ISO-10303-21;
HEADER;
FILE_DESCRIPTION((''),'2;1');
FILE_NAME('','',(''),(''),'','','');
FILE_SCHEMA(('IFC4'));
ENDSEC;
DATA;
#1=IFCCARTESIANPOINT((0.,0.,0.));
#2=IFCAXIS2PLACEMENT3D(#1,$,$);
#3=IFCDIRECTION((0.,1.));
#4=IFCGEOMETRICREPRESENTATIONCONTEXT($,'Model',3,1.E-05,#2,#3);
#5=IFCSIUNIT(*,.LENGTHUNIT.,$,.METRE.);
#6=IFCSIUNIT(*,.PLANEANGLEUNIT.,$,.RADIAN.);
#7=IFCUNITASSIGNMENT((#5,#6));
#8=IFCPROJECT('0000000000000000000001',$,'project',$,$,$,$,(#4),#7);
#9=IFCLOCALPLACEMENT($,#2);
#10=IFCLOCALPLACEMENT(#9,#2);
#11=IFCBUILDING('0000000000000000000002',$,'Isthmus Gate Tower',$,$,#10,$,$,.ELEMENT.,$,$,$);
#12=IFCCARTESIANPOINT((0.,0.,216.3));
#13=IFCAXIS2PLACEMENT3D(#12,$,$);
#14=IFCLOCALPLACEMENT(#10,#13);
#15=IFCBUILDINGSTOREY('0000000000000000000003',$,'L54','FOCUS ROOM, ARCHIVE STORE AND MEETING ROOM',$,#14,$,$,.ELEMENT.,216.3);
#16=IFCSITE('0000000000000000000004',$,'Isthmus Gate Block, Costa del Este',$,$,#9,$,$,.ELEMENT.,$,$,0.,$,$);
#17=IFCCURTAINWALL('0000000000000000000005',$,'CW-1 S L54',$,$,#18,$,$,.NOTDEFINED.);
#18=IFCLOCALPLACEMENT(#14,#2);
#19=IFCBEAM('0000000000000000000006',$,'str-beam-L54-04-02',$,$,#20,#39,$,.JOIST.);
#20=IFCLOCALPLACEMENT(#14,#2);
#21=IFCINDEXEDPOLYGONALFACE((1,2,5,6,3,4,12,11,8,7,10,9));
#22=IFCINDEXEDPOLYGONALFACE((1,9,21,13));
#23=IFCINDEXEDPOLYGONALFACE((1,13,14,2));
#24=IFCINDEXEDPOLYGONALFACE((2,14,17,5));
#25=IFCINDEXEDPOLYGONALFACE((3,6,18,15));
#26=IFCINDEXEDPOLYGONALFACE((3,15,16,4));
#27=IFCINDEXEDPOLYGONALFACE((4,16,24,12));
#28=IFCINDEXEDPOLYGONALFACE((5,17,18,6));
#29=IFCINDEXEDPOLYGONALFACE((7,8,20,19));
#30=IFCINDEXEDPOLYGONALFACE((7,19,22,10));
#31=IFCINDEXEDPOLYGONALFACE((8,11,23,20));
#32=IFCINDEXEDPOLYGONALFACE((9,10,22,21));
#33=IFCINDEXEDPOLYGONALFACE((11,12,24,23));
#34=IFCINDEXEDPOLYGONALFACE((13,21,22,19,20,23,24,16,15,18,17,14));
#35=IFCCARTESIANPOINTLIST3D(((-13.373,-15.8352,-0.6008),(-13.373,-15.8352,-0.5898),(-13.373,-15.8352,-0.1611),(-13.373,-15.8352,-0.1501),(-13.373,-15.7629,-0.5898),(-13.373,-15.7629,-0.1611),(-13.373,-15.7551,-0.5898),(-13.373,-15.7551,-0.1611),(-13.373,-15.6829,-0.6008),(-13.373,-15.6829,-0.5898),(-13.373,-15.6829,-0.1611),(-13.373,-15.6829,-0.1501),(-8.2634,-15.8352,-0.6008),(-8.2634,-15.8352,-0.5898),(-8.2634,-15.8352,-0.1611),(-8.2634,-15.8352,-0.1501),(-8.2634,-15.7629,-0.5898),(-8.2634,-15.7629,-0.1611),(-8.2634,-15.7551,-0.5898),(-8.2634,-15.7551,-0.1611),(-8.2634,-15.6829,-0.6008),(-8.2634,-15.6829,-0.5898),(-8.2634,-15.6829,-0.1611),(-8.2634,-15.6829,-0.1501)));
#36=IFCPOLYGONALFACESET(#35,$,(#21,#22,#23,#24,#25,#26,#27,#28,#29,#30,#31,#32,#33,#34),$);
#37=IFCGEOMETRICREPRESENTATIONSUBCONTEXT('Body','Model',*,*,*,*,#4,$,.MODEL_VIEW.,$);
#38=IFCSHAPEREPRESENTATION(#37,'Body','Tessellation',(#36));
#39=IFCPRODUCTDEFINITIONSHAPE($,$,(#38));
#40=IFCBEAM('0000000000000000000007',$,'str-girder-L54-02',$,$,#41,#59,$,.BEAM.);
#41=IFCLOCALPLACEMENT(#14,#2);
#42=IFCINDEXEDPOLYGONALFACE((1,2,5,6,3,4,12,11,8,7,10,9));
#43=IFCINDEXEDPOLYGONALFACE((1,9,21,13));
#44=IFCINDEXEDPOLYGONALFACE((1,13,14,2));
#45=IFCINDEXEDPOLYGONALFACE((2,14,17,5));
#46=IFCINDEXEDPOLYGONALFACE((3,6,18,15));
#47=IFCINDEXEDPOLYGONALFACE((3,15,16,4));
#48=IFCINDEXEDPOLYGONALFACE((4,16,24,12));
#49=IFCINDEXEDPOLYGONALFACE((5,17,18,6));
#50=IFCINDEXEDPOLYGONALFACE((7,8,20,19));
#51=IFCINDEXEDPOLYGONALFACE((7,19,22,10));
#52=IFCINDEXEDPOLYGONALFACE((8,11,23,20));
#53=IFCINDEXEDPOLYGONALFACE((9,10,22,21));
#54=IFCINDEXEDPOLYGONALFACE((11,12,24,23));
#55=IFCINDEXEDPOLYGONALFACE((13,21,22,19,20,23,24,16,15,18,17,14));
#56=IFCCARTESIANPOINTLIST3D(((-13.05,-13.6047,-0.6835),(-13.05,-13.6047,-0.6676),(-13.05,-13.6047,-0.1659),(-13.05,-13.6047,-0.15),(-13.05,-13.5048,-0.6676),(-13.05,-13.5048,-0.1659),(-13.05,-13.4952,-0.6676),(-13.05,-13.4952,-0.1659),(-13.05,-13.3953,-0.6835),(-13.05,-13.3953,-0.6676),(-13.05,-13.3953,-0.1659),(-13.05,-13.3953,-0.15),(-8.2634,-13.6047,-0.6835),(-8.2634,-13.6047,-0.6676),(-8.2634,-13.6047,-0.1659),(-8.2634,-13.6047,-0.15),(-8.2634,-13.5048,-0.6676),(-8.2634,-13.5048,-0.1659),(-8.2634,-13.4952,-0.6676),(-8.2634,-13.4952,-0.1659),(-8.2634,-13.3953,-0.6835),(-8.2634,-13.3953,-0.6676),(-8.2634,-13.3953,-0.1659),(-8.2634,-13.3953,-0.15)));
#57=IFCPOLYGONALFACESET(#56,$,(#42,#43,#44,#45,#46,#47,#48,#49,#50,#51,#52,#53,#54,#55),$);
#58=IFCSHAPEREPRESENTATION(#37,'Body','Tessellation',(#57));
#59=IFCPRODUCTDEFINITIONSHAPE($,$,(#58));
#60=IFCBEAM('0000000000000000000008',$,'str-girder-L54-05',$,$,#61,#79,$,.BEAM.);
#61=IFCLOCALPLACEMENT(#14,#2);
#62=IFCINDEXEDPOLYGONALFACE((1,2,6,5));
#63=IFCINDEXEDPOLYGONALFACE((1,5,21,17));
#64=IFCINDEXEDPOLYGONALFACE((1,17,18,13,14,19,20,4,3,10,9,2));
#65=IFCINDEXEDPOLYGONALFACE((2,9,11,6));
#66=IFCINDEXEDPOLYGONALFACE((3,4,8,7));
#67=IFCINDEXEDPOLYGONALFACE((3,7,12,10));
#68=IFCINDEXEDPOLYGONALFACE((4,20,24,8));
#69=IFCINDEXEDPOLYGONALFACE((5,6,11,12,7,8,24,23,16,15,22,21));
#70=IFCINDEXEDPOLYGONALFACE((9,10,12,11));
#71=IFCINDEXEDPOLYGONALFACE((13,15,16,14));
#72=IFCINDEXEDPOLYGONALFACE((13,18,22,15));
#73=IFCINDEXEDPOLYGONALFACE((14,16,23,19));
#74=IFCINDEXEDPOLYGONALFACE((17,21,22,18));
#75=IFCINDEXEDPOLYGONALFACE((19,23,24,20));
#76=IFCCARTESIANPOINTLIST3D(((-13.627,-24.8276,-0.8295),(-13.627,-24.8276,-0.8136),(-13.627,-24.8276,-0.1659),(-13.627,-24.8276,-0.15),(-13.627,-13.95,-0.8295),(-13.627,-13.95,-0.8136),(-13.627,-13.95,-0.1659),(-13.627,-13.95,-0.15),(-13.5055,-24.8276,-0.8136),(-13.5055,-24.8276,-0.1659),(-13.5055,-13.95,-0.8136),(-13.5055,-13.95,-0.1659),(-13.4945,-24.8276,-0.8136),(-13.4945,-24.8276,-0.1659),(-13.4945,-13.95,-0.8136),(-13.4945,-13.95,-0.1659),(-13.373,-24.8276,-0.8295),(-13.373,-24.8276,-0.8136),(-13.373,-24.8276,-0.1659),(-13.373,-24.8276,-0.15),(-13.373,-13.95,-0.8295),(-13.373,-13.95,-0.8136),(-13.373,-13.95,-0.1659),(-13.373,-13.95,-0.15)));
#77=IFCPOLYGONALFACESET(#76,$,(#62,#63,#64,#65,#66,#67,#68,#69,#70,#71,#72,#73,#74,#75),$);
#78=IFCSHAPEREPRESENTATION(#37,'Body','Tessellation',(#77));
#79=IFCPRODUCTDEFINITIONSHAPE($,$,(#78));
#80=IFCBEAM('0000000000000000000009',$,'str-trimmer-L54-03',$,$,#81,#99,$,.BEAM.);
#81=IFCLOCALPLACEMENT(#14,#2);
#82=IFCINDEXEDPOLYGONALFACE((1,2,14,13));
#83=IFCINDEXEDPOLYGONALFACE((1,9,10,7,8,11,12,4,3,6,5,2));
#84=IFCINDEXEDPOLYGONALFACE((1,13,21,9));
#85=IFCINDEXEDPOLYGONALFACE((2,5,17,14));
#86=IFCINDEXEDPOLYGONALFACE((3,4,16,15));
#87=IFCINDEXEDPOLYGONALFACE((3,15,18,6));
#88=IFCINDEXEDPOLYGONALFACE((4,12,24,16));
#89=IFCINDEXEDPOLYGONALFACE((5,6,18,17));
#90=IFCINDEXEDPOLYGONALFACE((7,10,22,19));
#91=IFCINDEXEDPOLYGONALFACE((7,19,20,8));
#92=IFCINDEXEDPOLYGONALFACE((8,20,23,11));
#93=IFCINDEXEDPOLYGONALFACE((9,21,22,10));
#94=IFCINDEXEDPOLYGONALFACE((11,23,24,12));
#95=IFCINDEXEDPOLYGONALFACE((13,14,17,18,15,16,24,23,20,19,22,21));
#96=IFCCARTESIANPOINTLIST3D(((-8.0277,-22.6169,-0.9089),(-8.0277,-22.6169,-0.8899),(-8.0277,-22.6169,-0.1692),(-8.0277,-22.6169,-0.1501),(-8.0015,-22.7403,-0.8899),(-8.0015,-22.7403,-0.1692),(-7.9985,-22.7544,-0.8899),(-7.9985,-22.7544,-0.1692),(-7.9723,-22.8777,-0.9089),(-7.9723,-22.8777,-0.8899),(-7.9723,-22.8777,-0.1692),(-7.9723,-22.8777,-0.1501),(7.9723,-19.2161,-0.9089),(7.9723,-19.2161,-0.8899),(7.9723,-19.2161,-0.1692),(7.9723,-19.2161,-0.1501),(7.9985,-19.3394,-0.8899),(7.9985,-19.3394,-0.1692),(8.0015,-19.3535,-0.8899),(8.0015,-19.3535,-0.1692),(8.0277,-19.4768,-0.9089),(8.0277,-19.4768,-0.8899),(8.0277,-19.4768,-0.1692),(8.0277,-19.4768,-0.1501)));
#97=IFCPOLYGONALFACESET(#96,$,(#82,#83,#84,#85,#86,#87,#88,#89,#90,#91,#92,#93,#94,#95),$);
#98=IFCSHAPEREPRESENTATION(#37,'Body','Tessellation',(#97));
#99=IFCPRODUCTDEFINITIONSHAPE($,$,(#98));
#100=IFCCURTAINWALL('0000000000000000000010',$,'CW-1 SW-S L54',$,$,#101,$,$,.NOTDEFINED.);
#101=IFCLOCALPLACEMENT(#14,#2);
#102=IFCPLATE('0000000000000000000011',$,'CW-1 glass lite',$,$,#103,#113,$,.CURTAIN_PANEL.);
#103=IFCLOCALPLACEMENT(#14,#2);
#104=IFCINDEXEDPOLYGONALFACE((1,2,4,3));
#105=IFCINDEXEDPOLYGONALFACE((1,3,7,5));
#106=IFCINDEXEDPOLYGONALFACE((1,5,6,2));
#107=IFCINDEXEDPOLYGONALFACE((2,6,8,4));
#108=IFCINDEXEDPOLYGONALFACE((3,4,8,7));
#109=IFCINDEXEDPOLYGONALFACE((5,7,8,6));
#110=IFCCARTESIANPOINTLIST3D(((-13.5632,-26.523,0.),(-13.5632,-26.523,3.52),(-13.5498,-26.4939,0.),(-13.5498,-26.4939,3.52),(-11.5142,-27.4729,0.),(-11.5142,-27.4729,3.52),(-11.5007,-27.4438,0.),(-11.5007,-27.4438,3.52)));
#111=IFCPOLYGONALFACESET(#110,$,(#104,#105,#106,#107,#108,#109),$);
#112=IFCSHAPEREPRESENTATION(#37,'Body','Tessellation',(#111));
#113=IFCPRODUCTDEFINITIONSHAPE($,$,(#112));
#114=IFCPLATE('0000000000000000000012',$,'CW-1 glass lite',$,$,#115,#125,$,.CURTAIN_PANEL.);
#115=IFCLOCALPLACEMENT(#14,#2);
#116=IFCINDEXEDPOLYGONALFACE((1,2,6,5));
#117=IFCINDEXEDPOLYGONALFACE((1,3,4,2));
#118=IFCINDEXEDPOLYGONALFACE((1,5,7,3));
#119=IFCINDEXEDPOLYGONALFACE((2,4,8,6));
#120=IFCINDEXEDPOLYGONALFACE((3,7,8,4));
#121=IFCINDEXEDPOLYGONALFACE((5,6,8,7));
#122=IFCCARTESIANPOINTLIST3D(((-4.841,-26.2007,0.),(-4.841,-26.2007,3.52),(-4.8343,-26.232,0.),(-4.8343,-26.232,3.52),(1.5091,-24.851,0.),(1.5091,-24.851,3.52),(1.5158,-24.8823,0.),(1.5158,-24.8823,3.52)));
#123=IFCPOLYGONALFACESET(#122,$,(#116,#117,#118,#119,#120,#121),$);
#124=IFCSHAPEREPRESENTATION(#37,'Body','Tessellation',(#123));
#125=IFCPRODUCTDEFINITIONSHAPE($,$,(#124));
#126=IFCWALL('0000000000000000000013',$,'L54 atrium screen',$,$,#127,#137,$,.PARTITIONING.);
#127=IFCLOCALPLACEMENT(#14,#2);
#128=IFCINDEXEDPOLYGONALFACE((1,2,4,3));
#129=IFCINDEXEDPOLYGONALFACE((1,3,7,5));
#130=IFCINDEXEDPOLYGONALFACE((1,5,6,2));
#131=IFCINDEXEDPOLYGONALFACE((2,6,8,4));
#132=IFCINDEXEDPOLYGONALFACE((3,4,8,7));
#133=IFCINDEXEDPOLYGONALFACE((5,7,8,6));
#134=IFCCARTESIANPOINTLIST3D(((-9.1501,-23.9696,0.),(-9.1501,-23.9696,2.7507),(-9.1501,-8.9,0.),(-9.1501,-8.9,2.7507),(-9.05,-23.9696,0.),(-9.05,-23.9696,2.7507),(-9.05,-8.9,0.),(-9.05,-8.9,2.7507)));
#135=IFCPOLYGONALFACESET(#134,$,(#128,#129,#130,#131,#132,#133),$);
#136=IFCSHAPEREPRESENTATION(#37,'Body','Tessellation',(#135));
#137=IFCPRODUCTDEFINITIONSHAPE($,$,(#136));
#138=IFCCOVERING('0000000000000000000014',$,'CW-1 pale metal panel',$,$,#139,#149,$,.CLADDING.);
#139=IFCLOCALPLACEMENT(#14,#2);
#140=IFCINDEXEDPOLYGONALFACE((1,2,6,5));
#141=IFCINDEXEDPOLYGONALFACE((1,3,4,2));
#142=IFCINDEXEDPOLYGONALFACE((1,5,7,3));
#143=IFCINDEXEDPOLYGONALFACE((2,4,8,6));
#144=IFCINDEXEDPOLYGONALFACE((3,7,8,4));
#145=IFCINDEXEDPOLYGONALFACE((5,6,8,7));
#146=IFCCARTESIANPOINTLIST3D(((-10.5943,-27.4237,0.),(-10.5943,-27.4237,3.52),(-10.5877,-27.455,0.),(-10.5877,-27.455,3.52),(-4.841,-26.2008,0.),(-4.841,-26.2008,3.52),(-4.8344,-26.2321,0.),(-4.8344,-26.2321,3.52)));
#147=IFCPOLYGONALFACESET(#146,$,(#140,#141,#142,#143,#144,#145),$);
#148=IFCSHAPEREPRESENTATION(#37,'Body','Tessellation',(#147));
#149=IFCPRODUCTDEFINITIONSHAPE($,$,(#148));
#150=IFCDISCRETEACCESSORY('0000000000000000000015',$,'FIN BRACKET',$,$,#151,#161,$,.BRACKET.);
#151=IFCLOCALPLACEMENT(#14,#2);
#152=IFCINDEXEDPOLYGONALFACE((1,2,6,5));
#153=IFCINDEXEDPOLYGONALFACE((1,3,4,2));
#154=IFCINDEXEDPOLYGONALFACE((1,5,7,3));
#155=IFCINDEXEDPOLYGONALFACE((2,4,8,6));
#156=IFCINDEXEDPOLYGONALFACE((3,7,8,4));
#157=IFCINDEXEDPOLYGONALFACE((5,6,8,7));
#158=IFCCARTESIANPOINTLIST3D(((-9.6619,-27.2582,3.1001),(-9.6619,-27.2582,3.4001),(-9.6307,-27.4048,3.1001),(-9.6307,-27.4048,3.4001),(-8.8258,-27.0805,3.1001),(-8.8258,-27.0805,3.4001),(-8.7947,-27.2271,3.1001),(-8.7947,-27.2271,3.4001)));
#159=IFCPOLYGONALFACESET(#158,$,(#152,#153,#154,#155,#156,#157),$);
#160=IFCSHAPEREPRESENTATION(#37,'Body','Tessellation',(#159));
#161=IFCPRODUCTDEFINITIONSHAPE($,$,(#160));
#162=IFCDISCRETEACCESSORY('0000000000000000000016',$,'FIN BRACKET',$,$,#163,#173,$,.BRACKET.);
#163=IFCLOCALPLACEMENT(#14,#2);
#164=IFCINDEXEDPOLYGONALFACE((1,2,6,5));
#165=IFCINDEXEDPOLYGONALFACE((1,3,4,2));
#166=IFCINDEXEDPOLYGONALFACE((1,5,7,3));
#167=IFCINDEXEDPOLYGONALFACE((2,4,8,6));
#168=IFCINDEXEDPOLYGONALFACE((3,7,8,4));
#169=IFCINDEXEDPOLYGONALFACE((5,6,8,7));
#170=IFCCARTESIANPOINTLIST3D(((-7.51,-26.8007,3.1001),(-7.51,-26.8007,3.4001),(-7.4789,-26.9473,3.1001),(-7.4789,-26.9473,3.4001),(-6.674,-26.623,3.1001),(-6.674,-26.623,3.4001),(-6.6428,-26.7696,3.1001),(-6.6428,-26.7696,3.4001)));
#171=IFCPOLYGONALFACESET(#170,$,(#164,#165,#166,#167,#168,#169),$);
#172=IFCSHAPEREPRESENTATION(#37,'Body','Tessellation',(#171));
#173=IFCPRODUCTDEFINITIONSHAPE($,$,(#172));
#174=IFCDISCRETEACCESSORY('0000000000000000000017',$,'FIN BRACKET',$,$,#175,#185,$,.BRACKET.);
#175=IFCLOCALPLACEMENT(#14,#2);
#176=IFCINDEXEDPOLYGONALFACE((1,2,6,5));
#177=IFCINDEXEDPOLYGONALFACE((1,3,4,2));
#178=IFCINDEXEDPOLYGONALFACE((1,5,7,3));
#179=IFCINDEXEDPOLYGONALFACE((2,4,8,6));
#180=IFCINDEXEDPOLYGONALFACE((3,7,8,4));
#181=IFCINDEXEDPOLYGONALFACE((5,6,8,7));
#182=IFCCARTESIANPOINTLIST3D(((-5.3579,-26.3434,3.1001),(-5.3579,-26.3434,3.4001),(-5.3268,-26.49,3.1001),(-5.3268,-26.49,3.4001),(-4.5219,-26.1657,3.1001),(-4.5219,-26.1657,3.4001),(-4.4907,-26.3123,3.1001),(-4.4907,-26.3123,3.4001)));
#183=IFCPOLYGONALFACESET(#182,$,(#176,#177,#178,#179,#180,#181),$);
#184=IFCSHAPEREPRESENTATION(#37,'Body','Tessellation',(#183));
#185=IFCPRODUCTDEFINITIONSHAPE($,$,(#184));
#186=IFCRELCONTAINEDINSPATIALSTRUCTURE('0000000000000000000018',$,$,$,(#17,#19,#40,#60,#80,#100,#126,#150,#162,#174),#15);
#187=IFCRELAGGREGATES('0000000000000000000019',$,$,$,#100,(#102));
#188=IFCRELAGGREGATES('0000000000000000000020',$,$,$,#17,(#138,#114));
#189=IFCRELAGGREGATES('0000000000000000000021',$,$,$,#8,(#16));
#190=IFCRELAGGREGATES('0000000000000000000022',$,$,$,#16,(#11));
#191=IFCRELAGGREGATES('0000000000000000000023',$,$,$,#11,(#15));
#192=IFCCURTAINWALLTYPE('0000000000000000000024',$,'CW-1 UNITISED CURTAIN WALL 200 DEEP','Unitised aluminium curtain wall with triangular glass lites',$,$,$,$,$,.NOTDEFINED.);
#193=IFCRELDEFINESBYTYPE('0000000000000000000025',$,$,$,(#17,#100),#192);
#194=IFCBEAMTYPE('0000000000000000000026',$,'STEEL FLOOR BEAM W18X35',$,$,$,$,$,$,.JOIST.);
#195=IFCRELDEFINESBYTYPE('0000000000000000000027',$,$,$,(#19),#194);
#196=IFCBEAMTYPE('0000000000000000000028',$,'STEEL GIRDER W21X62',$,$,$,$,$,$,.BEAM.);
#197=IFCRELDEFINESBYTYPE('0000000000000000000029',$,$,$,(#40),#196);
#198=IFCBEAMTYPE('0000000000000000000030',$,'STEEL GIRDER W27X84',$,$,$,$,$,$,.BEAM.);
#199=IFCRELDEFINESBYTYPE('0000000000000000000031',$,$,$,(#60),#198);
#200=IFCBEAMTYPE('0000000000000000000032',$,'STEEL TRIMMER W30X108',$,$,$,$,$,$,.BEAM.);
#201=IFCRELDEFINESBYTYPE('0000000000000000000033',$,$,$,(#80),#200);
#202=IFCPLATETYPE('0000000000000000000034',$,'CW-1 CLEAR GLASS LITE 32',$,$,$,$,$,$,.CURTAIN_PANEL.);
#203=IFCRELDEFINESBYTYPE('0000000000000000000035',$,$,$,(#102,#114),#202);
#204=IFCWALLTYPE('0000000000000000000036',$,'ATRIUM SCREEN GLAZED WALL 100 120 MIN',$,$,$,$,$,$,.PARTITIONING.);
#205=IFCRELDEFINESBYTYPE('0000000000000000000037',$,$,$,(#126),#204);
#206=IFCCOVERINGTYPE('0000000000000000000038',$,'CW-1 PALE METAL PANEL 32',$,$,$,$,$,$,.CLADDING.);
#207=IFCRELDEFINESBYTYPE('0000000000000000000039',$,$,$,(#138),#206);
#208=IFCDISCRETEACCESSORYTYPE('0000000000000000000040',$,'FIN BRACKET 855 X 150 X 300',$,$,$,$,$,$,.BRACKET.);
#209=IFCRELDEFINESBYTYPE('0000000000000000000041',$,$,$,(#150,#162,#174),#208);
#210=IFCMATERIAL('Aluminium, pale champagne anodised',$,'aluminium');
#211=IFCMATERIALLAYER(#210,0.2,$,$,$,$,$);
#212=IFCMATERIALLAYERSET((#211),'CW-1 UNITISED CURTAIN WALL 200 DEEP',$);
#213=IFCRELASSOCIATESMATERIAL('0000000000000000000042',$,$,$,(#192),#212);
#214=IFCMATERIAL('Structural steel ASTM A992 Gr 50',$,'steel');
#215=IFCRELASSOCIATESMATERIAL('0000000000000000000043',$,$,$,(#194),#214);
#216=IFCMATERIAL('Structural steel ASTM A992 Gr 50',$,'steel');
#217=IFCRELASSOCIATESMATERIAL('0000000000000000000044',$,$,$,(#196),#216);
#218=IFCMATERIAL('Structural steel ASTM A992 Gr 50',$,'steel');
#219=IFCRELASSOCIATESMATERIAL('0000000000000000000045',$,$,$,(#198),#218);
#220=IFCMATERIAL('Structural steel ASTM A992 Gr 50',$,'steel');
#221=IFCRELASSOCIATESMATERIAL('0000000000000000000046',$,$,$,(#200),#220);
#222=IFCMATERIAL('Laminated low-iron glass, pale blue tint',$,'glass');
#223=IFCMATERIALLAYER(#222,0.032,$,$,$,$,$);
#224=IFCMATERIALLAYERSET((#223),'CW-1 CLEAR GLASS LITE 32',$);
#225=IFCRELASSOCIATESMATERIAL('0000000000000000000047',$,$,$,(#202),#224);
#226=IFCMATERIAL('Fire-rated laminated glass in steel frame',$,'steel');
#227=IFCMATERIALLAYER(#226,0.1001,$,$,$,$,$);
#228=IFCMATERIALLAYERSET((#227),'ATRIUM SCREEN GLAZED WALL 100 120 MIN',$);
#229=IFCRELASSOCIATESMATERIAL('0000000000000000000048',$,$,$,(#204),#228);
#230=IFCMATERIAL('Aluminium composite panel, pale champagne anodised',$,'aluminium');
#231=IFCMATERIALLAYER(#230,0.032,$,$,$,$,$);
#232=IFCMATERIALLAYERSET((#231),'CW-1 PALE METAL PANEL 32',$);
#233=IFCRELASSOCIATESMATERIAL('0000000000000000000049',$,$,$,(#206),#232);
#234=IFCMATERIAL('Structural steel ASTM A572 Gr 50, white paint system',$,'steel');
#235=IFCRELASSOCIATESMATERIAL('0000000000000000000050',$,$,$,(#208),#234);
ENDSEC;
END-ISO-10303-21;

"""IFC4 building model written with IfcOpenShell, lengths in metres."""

from ifc_helpers import new_model, si_unit, direction, frame, frame_2d, origin, origin_2d, place, context, subcontext, project, spatial, rectangle, i_section, extrude, material, layer, layer_set, material_profile, profile_set, type_object, element, aggregate, save


model = new_model("IFC4")

# Units and contexts
model_context = context("Model", 3, precision=1e-05, world=origin(), true_north=direction((0.0, 1.0)))
body_context = subcontext(model_context, "Body", "Model", "MODEL_VIEW")
ifc_project = project(units=[si_unit("LENGTHUNIT", "METRE"), si_unit("PLANEANGLEUNIT", "RADIAN")], contexts=[model_context])

# Site, building, storey
site_placement = place(None, origin())
site = spatial("IfcSite", under=ifc_project, at=site_placement, Name="Isthmus Gate Block, Costa del Este", CompositionType="ELEMENT", RefElevation=0.0)
building_placement = place(site_placement, origin())
building = spatial("IfcBuilding", under=site, at=building_placement, Name="Isthmus Gate Tower", CompositionType="ELEMENT")
storey_placement = place(building_placement, frame((0.0, 0.0, 216.3)))
storey = spatial("IfcBuildingStorey", under=building, at=storey_placement, Name="L54", Description="FOCUS ROOM, ARCHIVE STORE AND MEETING ROOM", CompositionType="ELEMENT", Elevation=216.3)

# Curtain wall
ifc_material_1 = material(Name="Aluminium, pale champagne anodised", Category="aluminium")
ifc_layer_1 = layer(ifc_material_1, 0.2)
ifc_layer_set_1 = layer_set([ifc_layer_1], Name="CW-1 UNITISED CURTAIN WALL 200 DEEP")
curtain_wall_type = type_object("IfcCurtainWallType", Name="CW-1 UNITISED CURTAIN WALL 200 DEEP", Description="Unitised aluminium curtain wall with triangular glass lites", PredefinedType="NOTDEFINED", material=ifc_layer_set_1)
curtain_wall_1_placement = place(storey_placement, origin())
curtain_wall_1 = element("IfcCurtainWall", 1, at=curtain_wall_1_placement, inside=storey, type_object=curtain_wall_type, Name="CW-1 S L54", PredefinedType="NOTDEFINED")

# Beams
ifc_material_2 = material(Name="Structural steel ASTM A992 Gr 50", Category="steel")
ifc_material_profile_1 = material_profile(ifc_material_2, i_section(OverallWidth=0.1523, OverallDepth=0.4507, WebThickness=0.0078, FlangeThickness=0.011, at=origin_2d()), Name="W18X35")
ifc_profile_set_1 = profile_set([ifc_material_profile_1], Name="Structural steel ASTM A992 Gr 50")
beam_type_1 = type_object("IfcBeamType", Name="STEEL FLOOR BEAM W18X35", PredefinedType="JOIST", material=ifc_profile_set_1)
for number, where, z_axis, x_axis, name in (
    (2, (-13.373, -15.759, -0.3755), (1.0, 0.0, 0.0), (0.0, 1.0, 0.0), "str-beam-L54-04-02"),
):
    element("IfcBeam", number, at=place(storey_placement, frame(where, z_axis=z_axis, x_axis=x_axis)), inside=storey, type_object=beam_type_1, Name=name, PredefinedType="JOIST", context=body_context, shape_type="SweptSolid", body=[
        extrude(i_section(OverallWidth=0.1523, OverallDepth=0.4507, WebThickness=0.0078, FlangeThickness=0.011, at=origin_2d()), origin(), (0.0, 0.0, 1.0), 5.1096),
    ])
ifc_material_3 = material(Name="Structural steel ASTM A992 Gr 50", Category="steel")
ifc_material_profile_2 = material_profile(ifc_material_3, i_section(OverallWidth=0.2095, OverallDepth=0.5334, WebThickness=0.0095, FlangeThickness=0.0159, at=origin_2d()), Name="W21X62")
ifc_profile_set_2 = profile_set([ifc_material_profile_2], Name="Structural steel ASTM A992 Gr 50")
beam_type_2 = type_object("IfcBeamType", Name="STEEL GIRDER W21X62", PredefinedType="BEAM", material=ifc_profile_set_2)
beam_1_placement = place(storey_placement, frame((-13.05, -13.5, -0.4167), z_axis=(1.0, 0.0, 0.0), x_axis=(0.0, 1.0, 0.0)))
element("IfcBeam", 3, at=beam_1_placement, inside=storey, type_object=beam_type_2, Name="str-girder-L54-02", PredefinedType="BEAM", context=body_context, shape_type="SweptSolid", body=[
    extrude(i_section(OverallWidth=0.2095, OverallDepth=0.5334, WebThickness=0.0095, FlangeThickness=0.0159, at=origin_2d()), origin(), (0.0, 0.0, 1.0), 4.7866),
])
ifc_material_4 = material(Name="Structural steel ASTM A992 Gr 50", Category="steel")
ifc_material_profile_3 = material_profile(ifc_material_4, i_section(OverallWidth=0.2539, OverallDepth=0.6794, WebThickness=0.011, FlangeThickness=0.0159, at=origin_2d()), Name="W27X84")
ifc_profile_set_3 = profile_set([ifc_material_profile_3], Name="Structural steel ASTM A992 Gr 50")
beam_type_3 = type_object("IfcBeamType", Name="STEEL GIRDER W27X84", PredefinedType="BEAM", material=ifc_profile_set_3)
beam_2_placement = place(storey_placement, frame((-13.5, -24.8276, -0.4897), z_axis=(0.0, 1.0, 0.0), x_axis=(-1.0, 0.0, 0.0)))
element("IfcBeam", 4, at=beam_2_placement, inside=storey, type_object=beam_type_3, Name="str-girder-L54-05", PredefinedType="BEAM", context=body_context, shape_type="SweptSolid", body=[
    extrude(i_section(OverallWidth=0.2539, OverallDepth=0.6794, WebThickness=0.011, FlangeThickness=0.0159, at=origin_2d()), origin(), (0.0, 0.0, 1.0), 10.8777),
])
ifc_material_5 = material(Name="Structural steel ASTM A992 Gr 50", Category="steel")
ifc_material_profile_4 = material_profile(ifc_material_5, i_section(OverallWidth=0.2666, OverallDepth=0.7588, WebThickness=0.0144, FlangeThickness=0.019, at=origin_2d()), Name="W30X108")
ifc_profile_set_4 = profile_set([ifc_material_profile_4], Name="Structural steel ASTM A992 Gr 50")
beam_type_4 = type_object("IfcBeamType", Name="STEEL TRIMMER W30X108", PredefinedType="BEAM", material=ifc_profile_set_4)
beam_3_placement = place(storey_placement, frame((-8.0, -22.7473, -0.5295), z_axis=(0.978148, 0.20791, 0.0), x_axis=(-0.20791, 0.978148, 0.0)))
element("IfcBeam", 5, at=beam_3_placement, inside=storey, type_object=beam_type_4, Name="str-trimmer-L54-03", PredefinedType="BEAM", context=body_context, shape_type="SweptSolid", body=[
    extrude(i_section(OverallWidth=0.2666, OverallDepth=0.7588, WebThickness=0.0144, FlangeThickness=0.019, at=origin_2d()), origin(), (0.0, 0.0, 1.0), 16.3574),
])

# Curtain wall, plate
curtain_wall_2_placement = place(storey_placement, origin())
curtain_wall_2 = element("IfcCurtainWall", 6, at=curtain_wall_2_placement, inside=storey, type_object=curtain_wall_type, Name="CW-1 SW-S L54", PredefinedType="NOTDEFINED")
ifc_material_6 = material(Name="Laminated low-iron glass, pale blue tint", Category="glass")
ifc_layer_2 = layer(ifc_material_6, 0.032)
ifc_layer_set_2 = layer_set([ifc_layer_2], Name="CW-1 CLEAR GLASS LITE 32")
plate_type = type_object("IfcPlateType", Name="CW-1 CLEAR GLASS LITE 32", PredefinedType="CURTAIN_PANEL", material=ifc_layer_set_2)
plate_1_placement = place(storey_placement, frame((-12.532, -26.9834, 0.0), z_axis=(0.0, 0.0, 1.0), x_axis=(0.907256, -0.420578, 0.0)))
plate_1 = element("IfcPlate", 7, at=plate_1_placement, type_object=plate_type, Name="CW-1 glass lite", PredefinedType="CURTAIN_PANEL", context=body_context, shape_type="SweptSolid", body=[
    extrude(rectangle(XDim=2.2585, YDim=0.032, at=origin_2d()), origin(), (0.0, 0.0, 1.0), 3.52),
])
aggregate(curtain_wall_2, [plate_1])

# Plate
plate_2_placement = place(storey_placement, frame((-1.6626, -25.5415, 0.0), z_axis=(0.0, 0.0, 1.0), x_axis=(0.978148, 0.207912, 0.0)))
plate_2 = element("IfcPlate", 8, at=plate_2_placement, type_object=plate_type, Name="CW-1 glass lite", PredefinedType="CURTAIN_PANEL", context=body_context, shape_type="SweptSolid", body=[
    extrude(rectangle(XDim=6.4919, YDim=0.032, at=origin_2d()), origin(), (0.0, 0.0, 1.0), 3.52),
])

# Wall
ifc_material_7 = material(Name="Fire-rated laminated glass in steel frame", Category="steel")
ifc_layer_3 = layer(ifc_material_7, 0.1001)
ifc_layer_set_3 = layer_set([ifc_layer_3], Name="ATRIUM SCREEN GLAZED WALL 100 120 MIN")
wall_type = type_object("IfcWallType", Name="ATRIUM SCREEN GLAZED WALL 100 120 MIN", PredefinedType="PARTITIONING", material=ifc_layer_set_3)
wall_placement = place(storey_placement, frame((-9.1001, -23.9695, 0.0), z_axis=(0.0, 0.0, 1.0), x_axis=(0.0, 1.0, 0.0)))
element("IfcWall", 9, at=wall_placement, inside=storey, type_object=wall_type, Name="L54 atrium screen", PredefinedType="PARTITIONING", context=body_context, shape_type="SweptSolid", body=[
    extrude(rectangle(XDim=15.0696, YDim=0.1001, at=frame_2d((7.5347, 0.0))), origin(), (0.0, 0.0, 1.0), 2.7507),
])

# Covering
ifc_material_8 = material(Name="Aluminium composite panel, pale champagne anodised", Category="aluminium")
ifc_layer_4 = layer(ifc_material_8, 0.032)
ifc_layer_set_4 = layer_set([ifc_layer_4], Name="CW-1 PALE METAL PANEL 32")
covering_type = type_object("IfcCoveringType", Name="CW-1 PALE METAL PANEL 32", PredefinedType="CLADDING", material=ifc_layer_set_4)
covering_placement = place(storey_placement, frame((-7.7144, -26.8279, 0.0), z_axis=(0.0, 0.0, 1.0), x_axis=(0.978148, 0.207912, 0.0)))
covering = element("IfcCovering", 10, at=covering_placement, type_object=covering_type, Name="CW-1 pale metal panel", PredefinedType="CLADDING", context=body_context, shape_type="SweptSolid", body=[
    extrude(rectangle(XDim=5.8818, YDim=0.032, at=origin_2d()), origin(), (0.0, 0.0, 1.0), 3.52),
])
aggregate(curtain_wall_1, [covering, plate_2])

# Discrete accessories
ifc_material_9 = material(Name="Structural steel ASTM A572 Gr 50, white paint system", Category="steel")
discrete_accessory_type = type_object("IfcDiscreteAccessoryType", Name="FIN BRACKET 855 X 150 X 300", PredefinedType="BRACKET", material=ifc_material_9)
for number, where, z_axis, x_axis, name in (
    (11, (-9.2283, -27.2427, 3.1001), (0.0, 0.0, 1.0), (0.207912, -0.978148, 0.0), "FIN BRACKET"),
    (12, (-7.0764, -26.7852, 3.1001), (0.0, 0.0, 1.0), (0.207912, -0.978148, 0.0), "FIN BRACKET"),
    (13, (-4.9243, -26.3279, 3.1001), (0.0, 0.0, 1.0), (0.207912, -0.978148, 0.0), "FIN BRACKET"),
):
    element("IfcDiscreteAccessory", number, at=place(storey_placement, frame(where, z_axis=z_axis, x_axis=x_axis)), inside=storey, type_object=discrete_accessory_type, Name=name, PredefinedType="BRACKET", context=body_context, shape_type="SweptSolid", body=[
        extrude(rectangle(XDim=0.1499, YDim=0.8547, at=origin_2d()), origin(), (0.0, 0.0, 1.0), 0.3),
    ])

save(model, "model.ifc")
